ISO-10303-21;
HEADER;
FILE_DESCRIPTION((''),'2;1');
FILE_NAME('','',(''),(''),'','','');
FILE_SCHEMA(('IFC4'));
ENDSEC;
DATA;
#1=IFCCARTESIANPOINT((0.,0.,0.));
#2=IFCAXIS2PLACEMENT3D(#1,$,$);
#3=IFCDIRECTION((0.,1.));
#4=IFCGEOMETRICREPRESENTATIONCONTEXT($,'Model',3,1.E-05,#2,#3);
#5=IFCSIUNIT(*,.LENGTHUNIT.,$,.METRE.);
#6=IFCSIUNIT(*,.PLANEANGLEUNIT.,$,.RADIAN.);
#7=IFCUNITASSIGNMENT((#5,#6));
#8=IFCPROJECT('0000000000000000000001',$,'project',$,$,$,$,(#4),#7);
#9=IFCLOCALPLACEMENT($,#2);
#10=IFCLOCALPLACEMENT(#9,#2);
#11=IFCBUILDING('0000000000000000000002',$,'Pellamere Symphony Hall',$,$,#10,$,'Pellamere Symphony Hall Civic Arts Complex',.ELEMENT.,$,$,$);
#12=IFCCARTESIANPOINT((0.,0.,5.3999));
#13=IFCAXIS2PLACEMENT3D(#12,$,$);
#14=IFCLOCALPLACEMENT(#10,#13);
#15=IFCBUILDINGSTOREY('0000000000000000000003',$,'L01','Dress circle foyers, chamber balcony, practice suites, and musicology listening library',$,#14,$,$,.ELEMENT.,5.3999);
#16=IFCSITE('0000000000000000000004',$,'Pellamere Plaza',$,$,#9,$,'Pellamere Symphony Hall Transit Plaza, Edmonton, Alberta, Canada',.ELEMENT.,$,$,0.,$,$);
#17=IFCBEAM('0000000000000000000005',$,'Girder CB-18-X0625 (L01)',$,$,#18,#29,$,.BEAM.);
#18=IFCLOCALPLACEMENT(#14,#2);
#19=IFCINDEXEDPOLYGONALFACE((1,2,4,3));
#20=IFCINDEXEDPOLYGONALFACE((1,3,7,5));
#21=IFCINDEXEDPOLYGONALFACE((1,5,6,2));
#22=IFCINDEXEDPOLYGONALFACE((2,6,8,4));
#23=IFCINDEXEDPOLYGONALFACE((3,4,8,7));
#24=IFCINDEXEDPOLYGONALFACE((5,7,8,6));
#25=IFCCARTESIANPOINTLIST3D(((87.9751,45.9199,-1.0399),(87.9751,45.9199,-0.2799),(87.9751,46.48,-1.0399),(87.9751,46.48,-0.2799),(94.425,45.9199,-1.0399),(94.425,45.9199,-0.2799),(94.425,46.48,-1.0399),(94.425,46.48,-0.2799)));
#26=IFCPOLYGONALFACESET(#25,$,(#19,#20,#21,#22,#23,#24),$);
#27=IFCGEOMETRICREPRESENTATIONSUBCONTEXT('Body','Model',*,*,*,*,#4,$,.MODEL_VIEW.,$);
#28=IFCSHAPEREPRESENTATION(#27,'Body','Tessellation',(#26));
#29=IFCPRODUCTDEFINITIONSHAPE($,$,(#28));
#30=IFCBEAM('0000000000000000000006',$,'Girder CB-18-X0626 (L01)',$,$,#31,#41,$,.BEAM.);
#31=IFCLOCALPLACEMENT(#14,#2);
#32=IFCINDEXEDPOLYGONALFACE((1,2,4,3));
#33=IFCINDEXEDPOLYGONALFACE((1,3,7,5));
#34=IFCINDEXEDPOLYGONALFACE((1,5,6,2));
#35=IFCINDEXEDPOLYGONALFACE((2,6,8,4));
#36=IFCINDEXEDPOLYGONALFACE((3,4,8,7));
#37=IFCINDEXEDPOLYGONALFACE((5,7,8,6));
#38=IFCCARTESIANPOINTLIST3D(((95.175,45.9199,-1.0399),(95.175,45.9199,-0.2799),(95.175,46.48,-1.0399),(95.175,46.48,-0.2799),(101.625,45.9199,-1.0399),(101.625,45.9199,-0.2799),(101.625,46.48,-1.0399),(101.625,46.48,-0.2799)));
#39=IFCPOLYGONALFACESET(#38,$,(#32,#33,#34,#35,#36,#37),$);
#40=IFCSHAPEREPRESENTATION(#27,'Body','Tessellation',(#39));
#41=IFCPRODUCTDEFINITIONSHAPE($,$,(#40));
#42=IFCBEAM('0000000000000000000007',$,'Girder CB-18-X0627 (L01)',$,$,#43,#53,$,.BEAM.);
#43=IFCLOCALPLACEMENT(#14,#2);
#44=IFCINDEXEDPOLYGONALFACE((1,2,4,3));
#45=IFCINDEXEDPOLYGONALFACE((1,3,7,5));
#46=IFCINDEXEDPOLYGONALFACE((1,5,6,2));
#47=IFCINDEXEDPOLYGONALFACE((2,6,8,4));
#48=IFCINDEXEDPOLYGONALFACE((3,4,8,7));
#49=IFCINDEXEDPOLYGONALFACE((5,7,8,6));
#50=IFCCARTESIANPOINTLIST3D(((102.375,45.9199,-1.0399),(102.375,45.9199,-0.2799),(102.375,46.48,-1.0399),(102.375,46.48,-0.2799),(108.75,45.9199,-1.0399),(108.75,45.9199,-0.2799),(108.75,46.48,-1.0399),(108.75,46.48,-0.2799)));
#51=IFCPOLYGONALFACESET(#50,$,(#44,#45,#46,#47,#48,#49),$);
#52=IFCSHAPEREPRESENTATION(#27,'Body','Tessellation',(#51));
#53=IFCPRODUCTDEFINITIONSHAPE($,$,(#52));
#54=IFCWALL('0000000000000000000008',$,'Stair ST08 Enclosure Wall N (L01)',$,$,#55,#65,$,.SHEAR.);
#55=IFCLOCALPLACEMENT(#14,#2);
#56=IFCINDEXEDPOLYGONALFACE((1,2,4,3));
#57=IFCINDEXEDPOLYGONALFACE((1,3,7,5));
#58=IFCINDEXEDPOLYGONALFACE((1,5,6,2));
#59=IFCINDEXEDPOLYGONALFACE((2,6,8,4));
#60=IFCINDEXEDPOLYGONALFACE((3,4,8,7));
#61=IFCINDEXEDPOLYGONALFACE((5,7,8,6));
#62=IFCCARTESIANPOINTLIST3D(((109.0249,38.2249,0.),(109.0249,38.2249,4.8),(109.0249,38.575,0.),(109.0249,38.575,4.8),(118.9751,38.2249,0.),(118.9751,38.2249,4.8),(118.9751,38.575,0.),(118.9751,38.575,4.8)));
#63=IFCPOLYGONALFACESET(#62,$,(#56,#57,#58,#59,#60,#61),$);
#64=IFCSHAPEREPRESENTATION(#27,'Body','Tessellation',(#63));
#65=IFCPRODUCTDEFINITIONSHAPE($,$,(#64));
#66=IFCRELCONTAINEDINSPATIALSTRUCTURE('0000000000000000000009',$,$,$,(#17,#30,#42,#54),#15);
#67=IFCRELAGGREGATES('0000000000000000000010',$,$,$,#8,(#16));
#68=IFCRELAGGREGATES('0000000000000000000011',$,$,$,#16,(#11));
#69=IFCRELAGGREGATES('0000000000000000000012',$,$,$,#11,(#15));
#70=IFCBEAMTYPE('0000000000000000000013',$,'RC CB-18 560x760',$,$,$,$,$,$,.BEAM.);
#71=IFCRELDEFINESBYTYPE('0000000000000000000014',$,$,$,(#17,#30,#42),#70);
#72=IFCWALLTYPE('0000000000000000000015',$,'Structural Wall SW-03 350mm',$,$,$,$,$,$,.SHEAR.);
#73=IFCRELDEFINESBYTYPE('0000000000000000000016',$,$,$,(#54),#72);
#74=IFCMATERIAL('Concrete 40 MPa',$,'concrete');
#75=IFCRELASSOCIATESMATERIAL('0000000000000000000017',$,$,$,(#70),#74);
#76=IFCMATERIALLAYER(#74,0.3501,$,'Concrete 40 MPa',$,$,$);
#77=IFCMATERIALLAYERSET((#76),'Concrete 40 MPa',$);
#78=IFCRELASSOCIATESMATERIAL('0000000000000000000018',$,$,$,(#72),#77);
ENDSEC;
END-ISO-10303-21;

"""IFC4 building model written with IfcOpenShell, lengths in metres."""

from ifc_helpers import new_model, si_unit, direction, frame, frame_2d, origin, origin_2d, place, context, subcontext, project, spatial, rectangle, extrude, material, layer, layer_set, material_profile, profile_set, type_object, element, save


model = new_model("IFC4")

# Units and contexts
model_context = context("Model", 3, precision=1e-05, world=origin(), true_north=direction((0.0, 1.0)))
body_context = subcontext(model_context, "Body", "Model", "MODEL_VIEW")
ifc_project = project(units=[si_unit("LENGTHUNIT", "METRE"), si_unit("PLANEANGLEUNIT", "RADIAN")], contexts=[model_context])

# Site, building, storey
site_placement = place(None, origin())
site = spatial("IfcSite", under=ifc_project, at=site_placement, Name="Pellamere Plaza", LongName="Pellamere Symphony Hall Transit Plaza, Edmonton, Alberta, Canada", CompositionType="ELEMENT", RefElevation=0.0)
building_placement = place(site_placement, origin())
building = spatial("IfcBuilding", under=site, at=building_placement, Name="Pellamere Symphony Hall", LongName="Pellamere Symphony Hall Civic Arts Complex", CompositionType="ELEMENT")
storey_placement = place(building_placement, frame((0.0, 0.0, 5.3999)))
storey = spatial("IfcBuildingStorey", under=building, at=storey_placement, Name="L01", Description="Dress circle foyers, chamber balcony, practice suites, and musicology listening library", CompositionType="ELEMENT", Elevation=5.3999)

# Shared definitions
ifc_material_1 = material(Name="Concrete 40 MPa", Category="concrete")

# Beams
ifc_material_profile_1 = material_profile(ifc_material_1, rectangle(XDim=0.5601, YDim=0.76, at=origin_2d()), Name="RC 560x760")
ifc_profile_set_1 = profile_set([ifc_material_profile_1], Name="Concrete 40 MPa")
beam_type_1 = type_object("IfcBeamType", Name="RC CB-18 560x760", PredefinedType="BEAM", material=ifc_profile_set_1)
for number, where, z_axis, x_axis, name in (
    (1, (87.9751, 46.2, -0.6599), (1.0, 0.0, 0.0), (0.0, 1.0, 0.0), "Girder CB-18-X0625 (L01)"),
    (2, (95.175, 46.2, -0.6599), (1.0, 0.0, 0.0), (0.0, 1.0, 0.0), "Girder CB-18-X0626 (L01)"),
):
    element("IfcBeam", number, at=place(storey_placement, frame(where, z_axis=z_axis, x_axis=x_axis)), inside=storey, type_object=beam_type_1, Name=name, PredefinedType="BEAM", context=body_context, shape_type="SweptSolid", body=[
        extrude(rectangle(XDim=0.5601, YDim=0.76, at=origin_2d()), origin(), (0.0, 0.0, 1.0), 6.45),
    ])
beam_1_placement = place(storey_placement, frame((102.375, 46.2, -0.6599), z_axis=(1.0, 0.0, 0.0), x_axis=(0.0, 1.0, 0.0)))
element("IfcBeam", 3, at=beam_1_placement, inside=storey, type_object=beam_type_1, Name="Girder CB-18-X0627 (L01)", PredefinedType="BEAM", context=body_context, shape_type="SweptSolid", body=[
    extrude(rectangle(XDim=0.5601, YDim=0.76, at=origin_2d()), origin(), (0.0, 0.0, 1.0), 6.375),
])

# Wall
ifc_layer = layer(ifc_material_1, 0.3501, Name="Concrete 40 MPa")
ifc_layer_set = layer_set([ifc_layer], Name="Concrete 40 MPa")
wall_type = type_object("IfcWallType", Name="Structural Wall SW-03 350mm", PredefinedType="SHEAR", material=ifc_layer_set)
wall_placement = place(storey_placement, frame((109.0249, 38.3999, 0.0), z_axis=(0.0, 0.0, 1.0), x_axis=(1.0, 0.0, 0.0)))
element("IfcWall", 4, at=wall_placement, inside=storey, type_object=wall_type, Name="Stair ST08 Enclosure Wall N (L01)", PredefinedType="SHEAR", context=body_context, shape_type="SweptSolid", body=[
    extrude(rectangle(XDim=9.9502, YDim=0.3501, at=frame_2d((4.9751, 0.0))), origin(), (0.0, 0.0, 1.0), 4.8),
])

save(model, "model.ifc")
